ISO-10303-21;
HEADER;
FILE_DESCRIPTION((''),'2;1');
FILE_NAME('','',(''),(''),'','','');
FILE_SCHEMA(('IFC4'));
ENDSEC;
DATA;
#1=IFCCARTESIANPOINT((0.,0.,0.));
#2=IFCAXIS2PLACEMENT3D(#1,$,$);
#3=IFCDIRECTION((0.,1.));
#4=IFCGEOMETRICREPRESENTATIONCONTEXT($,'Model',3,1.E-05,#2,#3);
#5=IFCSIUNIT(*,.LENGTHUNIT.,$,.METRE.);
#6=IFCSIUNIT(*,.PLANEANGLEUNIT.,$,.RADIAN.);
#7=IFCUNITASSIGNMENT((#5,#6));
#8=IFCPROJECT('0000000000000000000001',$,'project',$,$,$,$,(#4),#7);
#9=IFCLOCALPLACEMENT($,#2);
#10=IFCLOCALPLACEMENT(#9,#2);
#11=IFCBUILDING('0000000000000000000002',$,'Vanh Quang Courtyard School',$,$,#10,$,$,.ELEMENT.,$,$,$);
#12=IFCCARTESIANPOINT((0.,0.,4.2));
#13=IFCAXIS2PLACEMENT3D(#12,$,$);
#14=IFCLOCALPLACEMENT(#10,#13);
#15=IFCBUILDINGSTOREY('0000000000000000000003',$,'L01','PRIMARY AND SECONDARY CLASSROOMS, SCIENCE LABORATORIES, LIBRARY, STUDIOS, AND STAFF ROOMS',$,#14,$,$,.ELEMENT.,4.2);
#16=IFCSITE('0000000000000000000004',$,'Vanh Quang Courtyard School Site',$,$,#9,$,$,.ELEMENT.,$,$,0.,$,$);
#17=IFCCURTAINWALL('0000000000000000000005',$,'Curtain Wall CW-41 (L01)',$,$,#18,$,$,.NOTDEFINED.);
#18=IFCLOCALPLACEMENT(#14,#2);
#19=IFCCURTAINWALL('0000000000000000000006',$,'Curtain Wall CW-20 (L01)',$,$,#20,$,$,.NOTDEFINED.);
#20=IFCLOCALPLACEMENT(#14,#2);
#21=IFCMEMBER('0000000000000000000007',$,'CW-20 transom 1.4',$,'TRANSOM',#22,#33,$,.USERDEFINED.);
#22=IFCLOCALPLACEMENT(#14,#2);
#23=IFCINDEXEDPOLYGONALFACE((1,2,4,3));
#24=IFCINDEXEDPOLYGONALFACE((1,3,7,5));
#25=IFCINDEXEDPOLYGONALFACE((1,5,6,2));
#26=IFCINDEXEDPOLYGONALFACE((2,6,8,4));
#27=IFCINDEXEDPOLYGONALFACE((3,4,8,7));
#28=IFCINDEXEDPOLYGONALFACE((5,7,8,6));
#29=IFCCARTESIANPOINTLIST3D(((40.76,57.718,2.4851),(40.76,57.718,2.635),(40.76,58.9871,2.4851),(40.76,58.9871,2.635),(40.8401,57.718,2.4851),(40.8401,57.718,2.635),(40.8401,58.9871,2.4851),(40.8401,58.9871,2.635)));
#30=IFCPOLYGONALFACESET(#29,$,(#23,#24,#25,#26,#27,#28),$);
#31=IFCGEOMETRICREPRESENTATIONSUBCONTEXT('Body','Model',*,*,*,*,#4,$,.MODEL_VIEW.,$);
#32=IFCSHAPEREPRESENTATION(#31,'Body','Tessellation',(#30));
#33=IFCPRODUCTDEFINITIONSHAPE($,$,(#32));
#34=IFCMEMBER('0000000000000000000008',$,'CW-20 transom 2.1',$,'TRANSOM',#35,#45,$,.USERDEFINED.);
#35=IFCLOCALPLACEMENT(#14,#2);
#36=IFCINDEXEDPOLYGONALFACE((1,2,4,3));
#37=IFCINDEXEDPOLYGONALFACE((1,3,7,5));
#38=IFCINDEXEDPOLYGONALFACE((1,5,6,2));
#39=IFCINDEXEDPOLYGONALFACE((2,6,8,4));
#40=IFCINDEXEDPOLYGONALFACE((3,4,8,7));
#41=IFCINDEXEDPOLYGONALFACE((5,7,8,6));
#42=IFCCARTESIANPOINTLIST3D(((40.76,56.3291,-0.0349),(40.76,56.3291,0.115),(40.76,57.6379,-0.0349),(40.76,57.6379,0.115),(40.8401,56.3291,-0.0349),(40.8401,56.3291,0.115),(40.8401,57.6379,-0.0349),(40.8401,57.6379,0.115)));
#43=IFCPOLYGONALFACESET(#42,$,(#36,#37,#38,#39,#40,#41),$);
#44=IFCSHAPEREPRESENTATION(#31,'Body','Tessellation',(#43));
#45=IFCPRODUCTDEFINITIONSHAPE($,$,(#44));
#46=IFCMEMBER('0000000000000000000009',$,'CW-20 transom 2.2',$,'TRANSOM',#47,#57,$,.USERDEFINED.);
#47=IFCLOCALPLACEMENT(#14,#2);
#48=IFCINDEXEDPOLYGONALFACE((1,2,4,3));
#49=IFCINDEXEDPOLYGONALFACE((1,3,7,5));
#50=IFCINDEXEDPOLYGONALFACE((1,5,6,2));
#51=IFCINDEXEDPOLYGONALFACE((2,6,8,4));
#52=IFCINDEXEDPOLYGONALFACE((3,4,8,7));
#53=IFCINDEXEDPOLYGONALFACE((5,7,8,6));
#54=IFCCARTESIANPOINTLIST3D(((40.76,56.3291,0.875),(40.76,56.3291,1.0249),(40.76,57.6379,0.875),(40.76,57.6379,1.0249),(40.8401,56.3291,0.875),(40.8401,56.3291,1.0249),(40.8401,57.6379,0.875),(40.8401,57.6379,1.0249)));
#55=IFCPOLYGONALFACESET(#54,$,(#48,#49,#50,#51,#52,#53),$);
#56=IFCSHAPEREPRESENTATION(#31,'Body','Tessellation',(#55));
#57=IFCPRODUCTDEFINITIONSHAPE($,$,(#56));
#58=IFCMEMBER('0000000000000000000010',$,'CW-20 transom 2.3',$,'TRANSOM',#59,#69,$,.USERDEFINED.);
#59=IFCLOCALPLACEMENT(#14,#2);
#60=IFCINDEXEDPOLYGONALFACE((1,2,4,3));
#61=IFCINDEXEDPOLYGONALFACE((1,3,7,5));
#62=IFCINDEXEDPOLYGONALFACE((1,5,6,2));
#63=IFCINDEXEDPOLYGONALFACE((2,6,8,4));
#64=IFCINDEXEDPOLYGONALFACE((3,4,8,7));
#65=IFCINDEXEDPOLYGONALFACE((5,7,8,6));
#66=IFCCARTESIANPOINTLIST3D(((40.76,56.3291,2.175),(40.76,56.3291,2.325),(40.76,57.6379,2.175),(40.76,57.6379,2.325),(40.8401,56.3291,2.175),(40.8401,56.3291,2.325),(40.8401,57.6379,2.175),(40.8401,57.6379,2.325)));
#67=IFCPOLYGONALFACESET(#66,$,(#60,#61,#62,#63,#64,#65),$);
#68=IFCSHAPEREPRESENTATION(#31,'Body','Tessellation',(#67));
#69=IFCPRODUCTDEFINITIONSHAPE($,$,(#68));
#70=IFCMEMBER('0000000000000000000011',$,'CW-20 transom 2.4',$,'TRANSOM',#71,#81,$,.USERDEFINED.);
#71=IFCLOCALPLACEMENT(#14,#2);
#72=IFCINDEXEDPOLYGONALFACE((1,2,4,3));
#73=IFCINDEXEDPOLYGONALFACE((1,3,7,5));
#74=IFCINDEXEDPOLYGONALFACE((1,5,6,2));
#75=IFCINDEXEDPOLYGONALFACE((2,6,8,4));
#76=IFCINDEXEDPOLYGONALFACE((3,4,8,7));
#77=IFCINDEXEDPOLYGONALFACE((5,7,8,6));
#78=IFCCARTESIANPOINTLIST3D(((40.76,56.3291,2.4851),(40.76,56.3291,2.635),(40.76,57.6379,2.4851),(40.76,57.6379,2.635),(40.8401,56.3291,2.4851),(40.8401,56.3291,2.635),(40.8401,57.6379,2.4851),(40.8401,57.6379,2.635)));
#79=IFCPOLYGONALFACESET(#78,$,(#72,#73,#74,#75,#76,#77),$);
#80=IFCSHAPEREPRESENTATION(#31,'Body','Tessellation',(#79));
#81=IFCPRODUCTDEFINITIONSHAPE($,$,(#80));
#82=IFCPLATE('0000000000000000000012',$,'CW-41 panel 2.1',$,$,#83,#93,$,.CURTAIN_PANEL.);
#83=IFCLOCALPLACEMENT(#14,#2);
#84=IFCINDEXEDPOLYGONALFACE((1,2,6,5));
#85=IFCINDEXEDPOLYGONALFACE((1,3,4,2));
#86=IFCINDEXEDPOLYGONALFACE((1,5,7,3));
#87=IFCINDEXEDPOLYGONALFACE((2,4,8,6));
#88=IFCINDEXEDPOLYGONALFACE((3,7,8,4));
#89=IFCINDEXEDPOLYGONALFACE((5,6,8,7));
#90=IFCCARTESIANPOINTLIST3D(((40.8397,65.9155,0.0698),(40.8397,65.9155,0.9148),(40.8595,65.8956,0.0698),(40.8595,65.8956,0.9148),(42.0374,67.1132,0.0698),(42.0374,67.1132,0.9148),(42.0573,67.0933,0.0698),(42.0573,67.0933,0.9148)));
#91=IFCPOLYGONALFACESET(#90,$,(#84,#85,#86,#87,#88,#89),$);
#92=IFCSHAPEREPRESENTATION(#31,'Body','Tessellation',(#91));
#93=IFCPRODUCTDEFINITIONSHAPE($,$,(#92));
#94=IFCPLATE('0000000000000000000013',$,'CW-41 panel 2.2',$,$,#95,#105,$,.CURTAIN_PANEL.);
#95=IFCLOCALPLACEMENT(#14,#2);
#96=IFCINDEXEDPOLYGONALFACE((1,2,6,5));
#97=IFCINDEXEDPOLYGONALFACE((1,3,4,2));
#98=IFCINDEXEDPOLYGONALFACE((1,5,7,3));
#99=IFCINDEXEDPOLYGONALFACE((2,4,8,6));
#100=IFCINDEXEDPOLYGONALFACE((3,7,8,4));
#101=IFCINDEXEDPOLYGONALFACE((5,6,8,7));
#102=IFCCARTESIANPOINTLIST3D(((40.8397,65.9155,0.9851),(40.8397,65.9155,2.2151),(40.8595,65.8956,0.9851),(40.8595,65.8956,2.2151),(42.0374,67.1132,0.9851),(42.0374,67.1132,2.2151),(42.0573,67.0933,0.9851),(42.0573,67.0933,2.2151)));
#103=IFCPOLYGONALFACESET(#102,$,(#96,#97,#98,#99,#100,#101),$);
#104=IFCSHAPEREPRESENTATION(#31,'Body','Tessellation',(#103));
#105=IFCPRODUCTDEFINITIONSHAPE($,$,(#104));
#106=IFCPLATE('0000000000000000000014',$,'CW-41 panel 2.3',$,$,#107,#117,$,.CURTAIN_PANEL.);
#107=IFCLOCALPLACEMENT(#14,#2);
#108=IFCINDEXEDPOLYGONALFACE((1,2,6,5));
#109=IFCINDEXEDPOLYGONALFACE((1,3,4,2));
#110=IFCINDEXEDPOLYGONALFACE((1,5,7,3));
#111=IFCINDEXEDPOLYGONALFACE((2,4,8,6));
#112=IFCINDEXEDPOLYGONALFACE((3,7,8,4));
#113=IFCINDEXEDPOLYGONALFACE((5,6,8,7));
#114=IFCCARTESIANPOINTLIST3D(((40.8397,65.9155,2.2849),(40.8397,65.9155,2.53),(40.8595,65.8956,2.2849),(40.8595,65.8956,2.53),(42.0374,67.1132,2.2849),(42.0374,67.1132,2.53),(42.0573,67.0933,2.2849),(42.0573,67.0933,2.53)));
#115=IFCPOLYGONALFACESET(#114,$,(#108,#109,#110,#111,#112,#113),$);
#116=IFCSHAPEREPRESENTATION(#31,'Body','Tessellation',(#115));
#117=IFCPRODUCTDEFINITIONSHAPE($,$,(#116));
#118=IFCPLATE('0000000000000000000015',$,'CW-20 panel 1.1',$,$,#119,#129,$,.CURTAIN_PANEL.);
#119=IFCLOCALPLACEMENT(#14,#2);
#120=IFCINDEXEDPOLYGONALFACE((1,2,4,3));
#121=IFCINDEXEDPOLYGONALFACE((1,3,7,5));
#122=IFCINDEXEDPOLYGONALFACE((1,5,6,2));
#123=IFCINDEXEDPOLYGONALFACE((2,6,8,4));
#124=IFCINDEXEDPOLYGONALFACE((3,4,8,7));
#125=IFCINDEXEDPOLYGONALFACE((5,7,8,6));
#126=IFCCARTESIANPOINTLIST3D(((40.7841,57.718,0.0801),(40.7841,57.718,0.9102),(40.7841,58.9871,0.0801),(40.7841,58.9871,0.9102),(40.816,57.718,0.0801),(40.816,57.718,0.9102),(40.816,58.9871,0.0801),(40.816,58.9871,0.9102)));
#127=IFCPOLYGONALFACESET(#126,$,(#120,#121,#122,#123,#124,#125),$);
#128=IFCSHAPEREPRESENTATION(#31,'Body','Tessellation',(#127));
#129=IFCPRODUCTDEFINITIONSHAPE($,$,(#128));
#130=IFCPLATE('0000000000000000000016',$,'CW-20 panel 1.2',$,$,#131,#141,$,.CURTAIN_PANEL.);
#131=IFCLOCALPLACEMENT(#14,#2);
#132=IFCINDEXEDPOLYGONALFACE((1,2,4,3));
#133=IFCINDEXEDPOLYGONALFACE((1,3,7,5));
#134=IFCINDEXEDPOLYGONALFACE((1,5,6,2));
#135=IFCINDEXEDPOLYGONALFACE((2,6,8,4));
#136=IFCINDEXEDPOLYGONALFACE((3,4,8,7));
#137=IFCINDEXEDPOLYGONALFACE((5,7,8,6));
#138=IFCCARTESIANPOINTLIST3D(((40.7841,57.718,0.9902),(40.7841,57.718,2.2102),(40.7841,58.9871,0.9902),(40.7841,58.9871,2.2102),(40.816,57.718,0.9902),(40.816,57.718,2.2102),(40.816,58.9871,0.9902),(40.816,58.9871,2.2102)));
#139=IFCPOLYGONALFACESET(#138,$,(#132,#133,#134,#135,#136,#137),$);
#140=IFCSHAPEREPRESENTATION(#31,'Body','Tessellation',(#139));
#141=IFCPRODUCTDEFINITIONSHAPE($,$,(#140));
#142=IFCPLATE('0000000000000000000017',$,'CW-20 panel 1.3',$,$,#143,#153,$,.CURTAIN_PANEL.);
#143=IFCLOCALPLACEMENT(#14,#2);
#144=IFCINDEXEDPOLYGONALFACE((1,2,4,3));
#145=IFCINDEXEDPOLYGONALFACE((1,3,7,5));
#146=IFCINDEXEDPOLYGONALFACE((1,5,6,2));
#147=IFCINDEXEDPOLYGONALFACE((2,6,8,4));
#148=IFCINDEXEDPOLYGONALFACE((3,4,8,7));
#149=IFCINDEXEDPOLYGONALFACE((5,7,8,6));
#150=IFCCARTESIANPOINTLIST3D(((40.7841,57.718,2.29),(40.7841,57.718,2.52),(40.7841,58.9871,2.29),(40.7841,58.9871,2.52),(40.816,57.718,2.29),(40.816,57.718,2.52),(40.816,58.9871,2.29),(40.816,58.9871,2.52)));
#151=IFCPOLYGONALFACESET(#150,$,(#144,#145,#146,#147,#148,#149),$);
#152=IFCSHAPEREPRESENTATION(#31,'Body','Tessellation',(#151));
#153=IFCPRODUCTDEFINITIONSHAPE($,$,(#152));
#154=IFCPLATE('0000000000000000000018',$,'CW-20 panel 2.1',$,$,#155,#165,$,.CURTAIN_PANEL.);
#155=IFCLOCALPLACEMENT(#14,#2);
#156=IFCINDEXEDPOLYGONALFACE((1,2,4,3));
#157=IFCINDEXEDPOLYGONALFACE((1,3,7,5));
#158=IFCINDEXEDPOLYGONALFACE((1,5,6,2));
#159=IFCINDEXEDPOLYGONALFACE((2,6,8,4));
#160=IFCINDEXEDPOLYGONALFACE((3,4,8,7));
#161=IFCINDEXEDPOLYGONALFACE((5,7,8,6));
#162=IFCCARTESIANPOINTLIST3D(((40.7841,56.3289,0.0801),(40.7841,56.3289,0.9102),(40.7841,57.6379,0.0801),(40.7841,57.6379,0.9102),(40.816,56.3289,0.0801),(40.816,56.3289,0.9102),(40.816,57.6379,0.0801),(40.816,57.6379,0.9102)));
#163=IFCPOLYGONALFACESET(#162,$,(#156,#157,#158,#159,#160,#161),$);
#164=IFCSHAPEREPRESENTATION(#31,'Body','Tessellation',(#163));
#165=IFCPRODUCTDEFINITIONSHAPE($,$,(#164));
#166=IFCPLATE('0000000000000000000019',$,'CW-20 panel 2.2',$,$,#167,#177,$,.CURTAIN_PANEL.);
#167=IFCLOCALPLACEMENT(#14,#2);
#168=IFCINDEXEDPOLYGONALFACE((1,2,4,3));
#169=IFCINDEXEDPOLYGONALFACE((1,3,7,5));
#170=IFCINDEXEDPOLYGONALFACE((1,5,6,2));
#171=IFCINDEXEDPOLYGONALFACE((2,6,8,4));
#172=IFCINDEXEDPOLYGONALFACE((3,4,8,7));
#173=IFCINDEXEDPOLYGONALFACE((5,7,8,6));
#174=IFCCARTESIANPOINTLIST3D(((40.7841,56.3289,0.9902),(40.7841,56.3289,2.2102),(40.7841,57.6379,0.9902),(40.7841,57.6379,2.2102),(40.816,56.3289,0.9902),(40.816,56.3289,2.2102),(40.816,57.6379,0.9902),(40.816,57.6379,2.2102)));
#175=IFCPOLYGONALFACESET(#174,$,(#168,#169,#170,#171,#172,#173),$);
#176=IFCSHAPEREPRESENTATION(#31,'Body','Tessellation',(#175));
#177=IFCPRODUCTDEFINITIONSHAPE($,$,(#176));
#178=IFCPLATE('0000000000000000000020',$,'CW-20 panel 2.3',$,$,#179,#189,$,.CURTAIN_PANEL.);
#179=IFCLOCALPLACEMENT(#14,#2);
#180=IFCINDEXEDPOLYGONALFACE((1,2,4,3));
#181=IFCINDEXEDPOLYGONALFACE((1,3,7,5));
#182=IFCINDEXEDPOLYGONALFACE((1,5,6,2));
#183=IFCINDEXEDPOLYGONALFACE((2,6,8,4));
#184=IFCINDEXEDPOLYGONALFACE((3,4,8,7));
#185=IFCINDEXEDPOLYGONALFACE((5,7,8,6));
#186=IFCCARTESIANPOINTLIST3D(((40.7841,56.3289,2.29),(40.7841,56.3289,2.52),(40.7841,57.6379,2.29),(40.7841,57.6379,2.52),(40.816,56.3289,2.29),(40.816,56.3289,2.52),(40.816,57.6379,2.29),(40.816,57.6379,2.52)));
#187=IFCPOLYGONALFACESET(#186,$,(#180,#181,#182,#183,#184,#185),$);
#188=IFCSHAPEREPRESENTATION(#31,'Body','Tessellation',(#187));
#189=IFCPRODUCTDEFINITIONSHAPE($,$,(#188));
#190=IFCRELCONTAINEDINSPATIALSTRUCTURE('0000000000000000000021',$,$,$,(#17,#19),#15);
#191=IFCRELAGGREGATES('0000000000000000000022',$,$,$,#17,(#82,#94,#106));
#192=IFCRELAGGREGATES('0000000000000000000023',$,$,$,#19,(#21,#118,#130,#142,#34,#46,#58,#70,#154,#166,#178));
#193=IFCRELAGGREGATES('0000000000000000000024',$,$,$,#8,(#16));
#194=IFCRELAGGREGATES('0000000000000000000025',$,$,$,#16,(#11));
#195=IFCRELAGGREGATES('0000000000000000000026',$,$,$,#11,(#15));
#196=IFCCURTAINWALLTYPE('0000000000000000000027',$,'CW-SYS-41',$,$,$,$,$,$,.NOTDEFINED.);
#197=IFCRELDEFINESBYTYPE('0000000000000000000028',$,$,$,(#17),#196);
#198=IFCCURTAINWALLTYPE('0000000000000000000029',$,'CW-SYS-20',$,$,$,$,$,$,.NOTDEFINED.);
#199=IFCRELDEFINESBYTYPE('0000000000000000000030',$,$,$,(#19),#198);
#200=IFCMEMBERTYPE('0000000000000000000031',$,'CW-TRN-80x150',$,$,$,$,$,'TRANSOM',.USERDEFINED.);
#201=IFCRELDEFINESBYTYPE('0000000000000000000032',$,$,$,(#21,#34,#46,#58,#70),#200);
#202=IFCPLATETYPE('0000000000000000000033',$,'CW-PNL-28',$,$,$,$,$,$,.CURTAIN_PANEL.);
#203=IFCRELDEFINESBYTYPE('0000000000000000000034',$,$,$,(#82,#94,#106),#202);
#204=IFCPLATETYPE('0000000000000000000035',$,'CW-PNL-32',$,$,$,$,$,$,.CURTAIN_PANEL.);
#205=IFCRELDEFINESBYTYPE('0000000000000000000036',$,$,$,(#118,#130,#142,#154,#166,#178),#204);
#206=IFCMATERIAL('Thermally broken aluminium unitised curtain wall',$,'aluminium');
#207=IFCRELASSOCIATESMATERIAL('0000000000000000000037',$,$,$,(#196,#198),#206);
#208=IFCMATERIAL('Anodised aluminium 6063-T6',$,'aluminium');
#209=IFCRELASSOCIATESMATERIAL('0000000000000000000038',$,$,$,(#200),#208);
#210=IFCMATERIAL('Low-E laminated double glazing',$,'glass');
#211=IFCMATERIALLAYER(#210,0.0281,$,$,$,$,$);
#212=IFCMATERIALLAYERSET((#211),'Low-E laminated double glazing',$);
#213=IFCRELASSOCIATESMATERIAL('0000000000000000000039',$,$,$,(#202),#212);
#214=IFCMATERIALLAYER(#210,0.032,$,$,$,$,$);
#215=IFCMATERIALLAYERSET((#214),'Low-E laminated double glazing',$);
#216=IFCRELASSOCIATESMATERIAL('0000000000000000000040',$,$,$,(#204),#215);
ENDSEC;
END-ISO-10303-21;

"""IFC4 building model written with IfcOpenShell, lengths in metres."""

from ifc_helpers import new_model, si_unit, direction, frame, origin, origin_2d, place, context, subcontext, project, spatial, rectangle, extrude, material, layer, layer_set, material_profile, profile_set, type_object, element, aggregate, save


model = new_model("IFC4")

# Units and contexts
model_context = context("Model", 3, precision=1e-05, world=origin(), true_north=direction((0.0, 1.0)))
body_context = subcontext(model_context, "Body", "Model", "MODEL_VIEW")
ifc_project = project(units=[si_unit("LENGTHUNIT", "METRE"), si_unit("PLANEANGLEUNIT", "RADIAN")], contexts=[model_context])

# Site, building, storey
site_placement = place(None, origin())
site = spatial("IfcSite", under=ifc_project, at=site_placement, Name="Vanh Quang Courtyard School Site", CompositionType="ELEMENT", RefElevation=0.0)
building_placement = place(site_placement, origin())
building = spatial("IfcBuilding", under=site, at=building_placement, Name="Vanh Quang Courtyard School", CompositionType="ELEMENT")
storey_placement = place(building_placement, frame((0.0, 0.0, 4.2)))
storey = spatial("IfcBuildingStorey", under=building, at=storey_placement, Name="L01", Description="PRIMARY AND SECONDARY CLASSROOMS, SCIENCE LABORATORIES, LIBRARY, STUDIOS, AND STAFF ROOMS", CompositionType="ELEMENT", Elevation=4.2)

# Curtain walls
ifc_material_1 = material(Name="Thermally broken aluminium unitised curtain wall", Category="aluminium")
curtain_wall_type_1 = type_object("IfcCurtainWallType", Name="CW-SYS-41", PredefinedType="NOTDEFINED", material=ifc_material_1)
curtain_wall_1_placement = place(storey_placement, origin())
curtain_wall_1 = element("IfcCurtainWall", 1, at=curtain_wall_1_placement, inside=storey, type_object=curtain_wall_type_1, Name="Curtain Wall CW-41 (L01)", PredefinedType="NOTDEFINED")
ifc_material_2 = material(Name="Anodised aluminium 6063-T6", Category="aluminium")
curtain_wall_type_2 = type_object("IfcCurtainWallType", Name="CW-SYS-20", PredefinedType="NOTDEFINED", material=ifc_material_1)
curtain_wall_2_placement = place(storey_placement, origin())
curtain_wall_2 = element("IfcCurtainWall", 2, at=curtain_wall_2_placement, inside=storey, type_object=curtain_wall_type_2, Name="Curtain Wall CW-20 (L01)", PredefinedType="NOTDEFINED")

# Members
ifc_material_profile_1 = material_profile(ifc_material_2, rectangle(XDim=0.0801, YDim=0.1499, at=origin_2d()), Name="ALU-TRN 80x150")
ifc_profile_set_1 = profile_set([ifc_material_profile_1], Name="Anodised aluminium 6063-T6")
member_type_1 = type_object("IfcMemberType", Name="CW-TRN-80x150", ElementType="TRANSOM", PredefinedType="USERDEFINED", material=ifc_profile_set_1)
member_1_placement = place(storey_placement, frame((40.8, 58.9871, 2.5601), z_axis=(0.0, -1.0, 0.0), x_axis=(1.0, 0.0, 0.0)))
member_1 = element("IfcMember", 3, at=member_1_placement, type_object=member_type_1, Name="CW-20 transom 1.4", ObjectType="TRANSOM", PredefinedType="USERDEFINED", context=body_context, shape_type="SweptSolid", body=[
    extrude(rectangle(XDim=0.0801, YDim=0.1499, at=origin_2d()), origin(), (0.0, 0.0, 1.0), 1.269),
])
member_2_placement = place(storey_placement, frame((40.8, 57.6379, 0.04), z_axis=(0.0, -1.0, 0.0), x_axis=(1.0, 0.0, 0.0)))
member_2 = element("IfcMember", 4, at=member_2_placement, type_object=member_type_1, Name="CW-20 transom 2.1", ObjectType="TRANSOM", PredefinedType="USERDEFINED", context=body_context, shape_type="SweptSolid", body=[
    extrude(rectangle(XDim=0.0801, YDim=0.1499, at=origin_2d()), origin(), (0.0, 0.0, 1.0), 1.3088),
])
member_3_placement = place(storey_placement, frame((40.8, 57.6379, 0.95), z_axis=(0.0, -1.0, 0.0), x_axis=(1.0, 0.0, 0.0)))
member_3 = element("IfcMember", 5, at=member_3_placement, type_object=member_type_1, Name="CW-20 transom 2.2", ObjectType="TRANSOM", PredefinedType="USERDEFINED", context=body_context, shape_type="SweptSolid", body=[
    extrude(rectangle(XDim=0.0801, YDim=0.1499, at=origin_2d()), origin(), (0.0, 0.0, 1.0), 1.3088),
])
member_4_placement = place(storey_placement, frame((40.8, 57.6379, 2.25), z_axis=(0.0, -1.0, 0.0), x_axis=(1.0, 0.0, 0.0)))
member_4 = element("IfcMember", 6, at=member_4_placement, type_object=member_type_1, Name="CW-20 transom 2.3", ObjectType="TRANSOM", PredefinedType="USERDEFINED", context=body_context, shape_type="SweptSolid", body=[
    extrude(rectangle(XDim=0.0801, YDim=0.1499, at=origin_2d()), origin(), (0.0, 0.0, 1.0), 1.3088),
])
member_5_placement = place(storey_placement, frame((40.8, 57.6379, 2.5601), z_axis=(0.0, -1.0, 0.0), x_axis=(1.0, 0.0, 0.0)))
member_5 = element("IfcMember", 7, at=member_5_placement, type_object=member_type_1, Name="CW-20 transom 2.4", ObjectType="TRANSOM", PredefinedType="USERDEFINED", context=body_context, shape_type="SweptSolid", body=[
    extrude(rectangle(XDim=0.0801, YDim=0.1499, at=origin_2d()), origin(), (0.0, 0.0, 1.0), 1.3088),
])

# Plates
ifc_material_3 = material(Name="Low-E laminated double glazing", Category="glass")
ifc_layer_1 = layer(ifc_material_3, 0.0281)
ifc_layer_set_1 = layer_set([ifc_layer_1], Name="Low-E laminated double glazing")
plate_type_1 = type_object("IfcPlateType", Name="CW-PNL-28", PredefinedType="CURTAIN_PANEL", material=ifc_layer_set_1)
plate_1_placement = place(storey_placement, frame((41.4485, 66.5044, 0.0698), z_axis=(0.0, 0.0, 1.0), x_axis=(-0.707107, -0.707107, 0.0)))
plate_1 = element("IfcPlate", 8, at=plate_1_placement, type_object=plate_type_1, Name="CW-41 panel 2.1", PredefinedType="CURTAIN_PANEL", context=body_context, shape_type="SweptSolid", body=[
    extrude(rectangle(XDim=1.6938, YDim=0.0281, at=origin_2d()), origin(), (0.0, 0.0, 1.0), 0.845),
])
plate_2_placement = place(storey_placement, frame((41.4485, 66.5044, 0.9851), z_axis=(0.0, 0.0, 1.0), x_axis=(-0.707107, -0.707107, 0.0)))
plate_2 = element("IfcPlate", 9, at=plate_2_placement, type_object=plate_type_1, Name="CW-41 panel 2.2", PredefinedType="CURTAIN_PANEL", context=body_context, shape_type="SweptSolid", body=[
    extrude(rectangle(XDim=1.6938, YDim=0.0281, at=origin_2d()), origin(), (0.0, 0.0, 1.0), 1.23),
])
plate_3_placement = place(storey_placement, frame((41.4485, 66.5044, 2.2849), z_axis=(0.0, 0.0, 1.0), x_axis=(-0.707107, -0.707107, 0.0)))
plate_3 = element("IfcPlate", 10, at=plate_3_placement, type_object=plate_type_1, Name="CW-41 panel 2.3", PredefinedType="CURTAIN_PANEL", context=body_context, shape_type="SweptSolid", body=[
    extrude(rectangle(XDim=1.6938, YDim=0.0281, at=origin_2d()), origin(), (0.0, 0.0, 1.0), 0.2451),
])
aggregate(curtain_wall_1, [plate_1, plate_2, plate_3])
ifc_layer_2 = layer(ifc_material_3, 0.032)
ifc_layer_set_2 = layer_set([ifc_layer_2], Name="Low-E laminated double glazing")
plate_type_2 = type_object("IfcPlateType", Name="CW-PNL-32", PredefinedType="CURTAIN_PANEL", material=ifc_layer_set_2)
plate_4_placement = place(storey_placement, frame((40.8, 58.3525, 0.0801), z_axis=(0.0, 0.0, 1.0), x_axis=(0.0, -1.0, 0.0)))
plate_4 = element("IfcPlate", 11, at=plate_4_placement, type_object=plate_type_2, Name="CW-20 panel 1.1", PredefinedType="CURTAIN_PANEL", context=body_context, shape_type="SweptSolid", body=[
    extrude(rectangle(XDim=1.269, YDim=0.032, at=origin_2d()), origin(), (0.0, 0.0, 1.0), 0.8301),
])
plate_5_placement = place(storey_placement, frame((40.8, 58.3525, 0.9902), z_axis=(0.0, 0.0, 1.0), x_axis=(0.0, -1.0, 0.0)))
plate_5 = element("IfcPlate", 12, at=plate_5_placement, type_object=plate_type_2, Name="CW-20 panel 1.2", PredefinedType="CURTAIN_PANEL", context=body_context, shape_type="SweptSolid", body=[
    extrude(rectangle(XDim=1.269, YDim=0.032, at=origin_2d()), origin(), (0.0, 0.0, 1.0), 1.22),
])
plate_6_placement = place(storey_placement, frame((40.8, 58.3525, 2.29), z_axis=(0.0, 0.0, 1.0), x_axis=(0.0, -1.0, 0.0)))
plate_6 = element("IfcPlate", 13, at=plate_6_placement, type_object=plate_type_2, Name="CW-20 panel 1.3", PredefinedType="CURTAIN_PANEL", context=body_context, shape_type="SweptSolid", body=[
    extrude(rectangle(XDim=1.269, YDim=0.032, at=origin_2d()), origin(), (0.0, 0.0, 1.0), 0.23),
])
plate_7_placement = place(storey_placement, frame((40.8, 56.9834, 0.0801), z_axis=(0.0, 0.0, 1.0), x_axis=(0.0, -1.0, 0.0)))
plate_7 = element("IfcPlate", 14, at=plate_7_placement, type_object=plate_type_2, Name="CW-20 panel 2.1", PredefinedType="CURTAIN_PANEL", context=body_context, shape_type="SweptSolid", body=[
    extrude(rectangle(XDim=1.3091, YDim=0.032, at=origin_2d()), origin(), (0.0, 0.0, 1.0), 0.8301),
])
plate_8_placement = place(storey_placement, frame((40.8, 56.9834, 0.9902), z_axis=(0.0, 0.0, 1.0), x_axis=(0.0, -1.0, 0.0)))
plate_8 = element("IfcPlate", 15, at=plate_8_placement, type_object=plate_type_2, Name="CW-20 panel 2.2", PredefinedType="CURTAIN_PANEL", context=body_context, shape_type="SweptSolid", body=[
    extrude(rectangle(XDim=1.3091, YDim=0.032, at=origin_2d()), origin(), (0.0, 0.0, 1.0), 1.22),
])
plate_9_placement = place(storey_placement, frame((40.8, 56.9834, 2.29), z_axis=(0.0, 0.0, 1.0), x_axis=(0.0, -1.0, 0.0)))
plate_9 = element("IfcPlate", 16, at=plate_9_placement, type_object=plate_type_2, Name="CW-20 panel 2.3", PredefinedType="CURTAIN_PANEL", context=body_context, shape_type="SweptSolid", body=[
    extrude(rectangle(XDim=1.3091, YDim=0.032, at=origin_2d()), origin(), (0.0, 0.0, 1.0), 0.23),
])
aggregate(curtain_wall_2, [member_1, plate_4, plate_5, plate_6, member_2, member_3, member_4, member_5, plate_7, plate_8, plate_9])

save(model, "model.ifc")
